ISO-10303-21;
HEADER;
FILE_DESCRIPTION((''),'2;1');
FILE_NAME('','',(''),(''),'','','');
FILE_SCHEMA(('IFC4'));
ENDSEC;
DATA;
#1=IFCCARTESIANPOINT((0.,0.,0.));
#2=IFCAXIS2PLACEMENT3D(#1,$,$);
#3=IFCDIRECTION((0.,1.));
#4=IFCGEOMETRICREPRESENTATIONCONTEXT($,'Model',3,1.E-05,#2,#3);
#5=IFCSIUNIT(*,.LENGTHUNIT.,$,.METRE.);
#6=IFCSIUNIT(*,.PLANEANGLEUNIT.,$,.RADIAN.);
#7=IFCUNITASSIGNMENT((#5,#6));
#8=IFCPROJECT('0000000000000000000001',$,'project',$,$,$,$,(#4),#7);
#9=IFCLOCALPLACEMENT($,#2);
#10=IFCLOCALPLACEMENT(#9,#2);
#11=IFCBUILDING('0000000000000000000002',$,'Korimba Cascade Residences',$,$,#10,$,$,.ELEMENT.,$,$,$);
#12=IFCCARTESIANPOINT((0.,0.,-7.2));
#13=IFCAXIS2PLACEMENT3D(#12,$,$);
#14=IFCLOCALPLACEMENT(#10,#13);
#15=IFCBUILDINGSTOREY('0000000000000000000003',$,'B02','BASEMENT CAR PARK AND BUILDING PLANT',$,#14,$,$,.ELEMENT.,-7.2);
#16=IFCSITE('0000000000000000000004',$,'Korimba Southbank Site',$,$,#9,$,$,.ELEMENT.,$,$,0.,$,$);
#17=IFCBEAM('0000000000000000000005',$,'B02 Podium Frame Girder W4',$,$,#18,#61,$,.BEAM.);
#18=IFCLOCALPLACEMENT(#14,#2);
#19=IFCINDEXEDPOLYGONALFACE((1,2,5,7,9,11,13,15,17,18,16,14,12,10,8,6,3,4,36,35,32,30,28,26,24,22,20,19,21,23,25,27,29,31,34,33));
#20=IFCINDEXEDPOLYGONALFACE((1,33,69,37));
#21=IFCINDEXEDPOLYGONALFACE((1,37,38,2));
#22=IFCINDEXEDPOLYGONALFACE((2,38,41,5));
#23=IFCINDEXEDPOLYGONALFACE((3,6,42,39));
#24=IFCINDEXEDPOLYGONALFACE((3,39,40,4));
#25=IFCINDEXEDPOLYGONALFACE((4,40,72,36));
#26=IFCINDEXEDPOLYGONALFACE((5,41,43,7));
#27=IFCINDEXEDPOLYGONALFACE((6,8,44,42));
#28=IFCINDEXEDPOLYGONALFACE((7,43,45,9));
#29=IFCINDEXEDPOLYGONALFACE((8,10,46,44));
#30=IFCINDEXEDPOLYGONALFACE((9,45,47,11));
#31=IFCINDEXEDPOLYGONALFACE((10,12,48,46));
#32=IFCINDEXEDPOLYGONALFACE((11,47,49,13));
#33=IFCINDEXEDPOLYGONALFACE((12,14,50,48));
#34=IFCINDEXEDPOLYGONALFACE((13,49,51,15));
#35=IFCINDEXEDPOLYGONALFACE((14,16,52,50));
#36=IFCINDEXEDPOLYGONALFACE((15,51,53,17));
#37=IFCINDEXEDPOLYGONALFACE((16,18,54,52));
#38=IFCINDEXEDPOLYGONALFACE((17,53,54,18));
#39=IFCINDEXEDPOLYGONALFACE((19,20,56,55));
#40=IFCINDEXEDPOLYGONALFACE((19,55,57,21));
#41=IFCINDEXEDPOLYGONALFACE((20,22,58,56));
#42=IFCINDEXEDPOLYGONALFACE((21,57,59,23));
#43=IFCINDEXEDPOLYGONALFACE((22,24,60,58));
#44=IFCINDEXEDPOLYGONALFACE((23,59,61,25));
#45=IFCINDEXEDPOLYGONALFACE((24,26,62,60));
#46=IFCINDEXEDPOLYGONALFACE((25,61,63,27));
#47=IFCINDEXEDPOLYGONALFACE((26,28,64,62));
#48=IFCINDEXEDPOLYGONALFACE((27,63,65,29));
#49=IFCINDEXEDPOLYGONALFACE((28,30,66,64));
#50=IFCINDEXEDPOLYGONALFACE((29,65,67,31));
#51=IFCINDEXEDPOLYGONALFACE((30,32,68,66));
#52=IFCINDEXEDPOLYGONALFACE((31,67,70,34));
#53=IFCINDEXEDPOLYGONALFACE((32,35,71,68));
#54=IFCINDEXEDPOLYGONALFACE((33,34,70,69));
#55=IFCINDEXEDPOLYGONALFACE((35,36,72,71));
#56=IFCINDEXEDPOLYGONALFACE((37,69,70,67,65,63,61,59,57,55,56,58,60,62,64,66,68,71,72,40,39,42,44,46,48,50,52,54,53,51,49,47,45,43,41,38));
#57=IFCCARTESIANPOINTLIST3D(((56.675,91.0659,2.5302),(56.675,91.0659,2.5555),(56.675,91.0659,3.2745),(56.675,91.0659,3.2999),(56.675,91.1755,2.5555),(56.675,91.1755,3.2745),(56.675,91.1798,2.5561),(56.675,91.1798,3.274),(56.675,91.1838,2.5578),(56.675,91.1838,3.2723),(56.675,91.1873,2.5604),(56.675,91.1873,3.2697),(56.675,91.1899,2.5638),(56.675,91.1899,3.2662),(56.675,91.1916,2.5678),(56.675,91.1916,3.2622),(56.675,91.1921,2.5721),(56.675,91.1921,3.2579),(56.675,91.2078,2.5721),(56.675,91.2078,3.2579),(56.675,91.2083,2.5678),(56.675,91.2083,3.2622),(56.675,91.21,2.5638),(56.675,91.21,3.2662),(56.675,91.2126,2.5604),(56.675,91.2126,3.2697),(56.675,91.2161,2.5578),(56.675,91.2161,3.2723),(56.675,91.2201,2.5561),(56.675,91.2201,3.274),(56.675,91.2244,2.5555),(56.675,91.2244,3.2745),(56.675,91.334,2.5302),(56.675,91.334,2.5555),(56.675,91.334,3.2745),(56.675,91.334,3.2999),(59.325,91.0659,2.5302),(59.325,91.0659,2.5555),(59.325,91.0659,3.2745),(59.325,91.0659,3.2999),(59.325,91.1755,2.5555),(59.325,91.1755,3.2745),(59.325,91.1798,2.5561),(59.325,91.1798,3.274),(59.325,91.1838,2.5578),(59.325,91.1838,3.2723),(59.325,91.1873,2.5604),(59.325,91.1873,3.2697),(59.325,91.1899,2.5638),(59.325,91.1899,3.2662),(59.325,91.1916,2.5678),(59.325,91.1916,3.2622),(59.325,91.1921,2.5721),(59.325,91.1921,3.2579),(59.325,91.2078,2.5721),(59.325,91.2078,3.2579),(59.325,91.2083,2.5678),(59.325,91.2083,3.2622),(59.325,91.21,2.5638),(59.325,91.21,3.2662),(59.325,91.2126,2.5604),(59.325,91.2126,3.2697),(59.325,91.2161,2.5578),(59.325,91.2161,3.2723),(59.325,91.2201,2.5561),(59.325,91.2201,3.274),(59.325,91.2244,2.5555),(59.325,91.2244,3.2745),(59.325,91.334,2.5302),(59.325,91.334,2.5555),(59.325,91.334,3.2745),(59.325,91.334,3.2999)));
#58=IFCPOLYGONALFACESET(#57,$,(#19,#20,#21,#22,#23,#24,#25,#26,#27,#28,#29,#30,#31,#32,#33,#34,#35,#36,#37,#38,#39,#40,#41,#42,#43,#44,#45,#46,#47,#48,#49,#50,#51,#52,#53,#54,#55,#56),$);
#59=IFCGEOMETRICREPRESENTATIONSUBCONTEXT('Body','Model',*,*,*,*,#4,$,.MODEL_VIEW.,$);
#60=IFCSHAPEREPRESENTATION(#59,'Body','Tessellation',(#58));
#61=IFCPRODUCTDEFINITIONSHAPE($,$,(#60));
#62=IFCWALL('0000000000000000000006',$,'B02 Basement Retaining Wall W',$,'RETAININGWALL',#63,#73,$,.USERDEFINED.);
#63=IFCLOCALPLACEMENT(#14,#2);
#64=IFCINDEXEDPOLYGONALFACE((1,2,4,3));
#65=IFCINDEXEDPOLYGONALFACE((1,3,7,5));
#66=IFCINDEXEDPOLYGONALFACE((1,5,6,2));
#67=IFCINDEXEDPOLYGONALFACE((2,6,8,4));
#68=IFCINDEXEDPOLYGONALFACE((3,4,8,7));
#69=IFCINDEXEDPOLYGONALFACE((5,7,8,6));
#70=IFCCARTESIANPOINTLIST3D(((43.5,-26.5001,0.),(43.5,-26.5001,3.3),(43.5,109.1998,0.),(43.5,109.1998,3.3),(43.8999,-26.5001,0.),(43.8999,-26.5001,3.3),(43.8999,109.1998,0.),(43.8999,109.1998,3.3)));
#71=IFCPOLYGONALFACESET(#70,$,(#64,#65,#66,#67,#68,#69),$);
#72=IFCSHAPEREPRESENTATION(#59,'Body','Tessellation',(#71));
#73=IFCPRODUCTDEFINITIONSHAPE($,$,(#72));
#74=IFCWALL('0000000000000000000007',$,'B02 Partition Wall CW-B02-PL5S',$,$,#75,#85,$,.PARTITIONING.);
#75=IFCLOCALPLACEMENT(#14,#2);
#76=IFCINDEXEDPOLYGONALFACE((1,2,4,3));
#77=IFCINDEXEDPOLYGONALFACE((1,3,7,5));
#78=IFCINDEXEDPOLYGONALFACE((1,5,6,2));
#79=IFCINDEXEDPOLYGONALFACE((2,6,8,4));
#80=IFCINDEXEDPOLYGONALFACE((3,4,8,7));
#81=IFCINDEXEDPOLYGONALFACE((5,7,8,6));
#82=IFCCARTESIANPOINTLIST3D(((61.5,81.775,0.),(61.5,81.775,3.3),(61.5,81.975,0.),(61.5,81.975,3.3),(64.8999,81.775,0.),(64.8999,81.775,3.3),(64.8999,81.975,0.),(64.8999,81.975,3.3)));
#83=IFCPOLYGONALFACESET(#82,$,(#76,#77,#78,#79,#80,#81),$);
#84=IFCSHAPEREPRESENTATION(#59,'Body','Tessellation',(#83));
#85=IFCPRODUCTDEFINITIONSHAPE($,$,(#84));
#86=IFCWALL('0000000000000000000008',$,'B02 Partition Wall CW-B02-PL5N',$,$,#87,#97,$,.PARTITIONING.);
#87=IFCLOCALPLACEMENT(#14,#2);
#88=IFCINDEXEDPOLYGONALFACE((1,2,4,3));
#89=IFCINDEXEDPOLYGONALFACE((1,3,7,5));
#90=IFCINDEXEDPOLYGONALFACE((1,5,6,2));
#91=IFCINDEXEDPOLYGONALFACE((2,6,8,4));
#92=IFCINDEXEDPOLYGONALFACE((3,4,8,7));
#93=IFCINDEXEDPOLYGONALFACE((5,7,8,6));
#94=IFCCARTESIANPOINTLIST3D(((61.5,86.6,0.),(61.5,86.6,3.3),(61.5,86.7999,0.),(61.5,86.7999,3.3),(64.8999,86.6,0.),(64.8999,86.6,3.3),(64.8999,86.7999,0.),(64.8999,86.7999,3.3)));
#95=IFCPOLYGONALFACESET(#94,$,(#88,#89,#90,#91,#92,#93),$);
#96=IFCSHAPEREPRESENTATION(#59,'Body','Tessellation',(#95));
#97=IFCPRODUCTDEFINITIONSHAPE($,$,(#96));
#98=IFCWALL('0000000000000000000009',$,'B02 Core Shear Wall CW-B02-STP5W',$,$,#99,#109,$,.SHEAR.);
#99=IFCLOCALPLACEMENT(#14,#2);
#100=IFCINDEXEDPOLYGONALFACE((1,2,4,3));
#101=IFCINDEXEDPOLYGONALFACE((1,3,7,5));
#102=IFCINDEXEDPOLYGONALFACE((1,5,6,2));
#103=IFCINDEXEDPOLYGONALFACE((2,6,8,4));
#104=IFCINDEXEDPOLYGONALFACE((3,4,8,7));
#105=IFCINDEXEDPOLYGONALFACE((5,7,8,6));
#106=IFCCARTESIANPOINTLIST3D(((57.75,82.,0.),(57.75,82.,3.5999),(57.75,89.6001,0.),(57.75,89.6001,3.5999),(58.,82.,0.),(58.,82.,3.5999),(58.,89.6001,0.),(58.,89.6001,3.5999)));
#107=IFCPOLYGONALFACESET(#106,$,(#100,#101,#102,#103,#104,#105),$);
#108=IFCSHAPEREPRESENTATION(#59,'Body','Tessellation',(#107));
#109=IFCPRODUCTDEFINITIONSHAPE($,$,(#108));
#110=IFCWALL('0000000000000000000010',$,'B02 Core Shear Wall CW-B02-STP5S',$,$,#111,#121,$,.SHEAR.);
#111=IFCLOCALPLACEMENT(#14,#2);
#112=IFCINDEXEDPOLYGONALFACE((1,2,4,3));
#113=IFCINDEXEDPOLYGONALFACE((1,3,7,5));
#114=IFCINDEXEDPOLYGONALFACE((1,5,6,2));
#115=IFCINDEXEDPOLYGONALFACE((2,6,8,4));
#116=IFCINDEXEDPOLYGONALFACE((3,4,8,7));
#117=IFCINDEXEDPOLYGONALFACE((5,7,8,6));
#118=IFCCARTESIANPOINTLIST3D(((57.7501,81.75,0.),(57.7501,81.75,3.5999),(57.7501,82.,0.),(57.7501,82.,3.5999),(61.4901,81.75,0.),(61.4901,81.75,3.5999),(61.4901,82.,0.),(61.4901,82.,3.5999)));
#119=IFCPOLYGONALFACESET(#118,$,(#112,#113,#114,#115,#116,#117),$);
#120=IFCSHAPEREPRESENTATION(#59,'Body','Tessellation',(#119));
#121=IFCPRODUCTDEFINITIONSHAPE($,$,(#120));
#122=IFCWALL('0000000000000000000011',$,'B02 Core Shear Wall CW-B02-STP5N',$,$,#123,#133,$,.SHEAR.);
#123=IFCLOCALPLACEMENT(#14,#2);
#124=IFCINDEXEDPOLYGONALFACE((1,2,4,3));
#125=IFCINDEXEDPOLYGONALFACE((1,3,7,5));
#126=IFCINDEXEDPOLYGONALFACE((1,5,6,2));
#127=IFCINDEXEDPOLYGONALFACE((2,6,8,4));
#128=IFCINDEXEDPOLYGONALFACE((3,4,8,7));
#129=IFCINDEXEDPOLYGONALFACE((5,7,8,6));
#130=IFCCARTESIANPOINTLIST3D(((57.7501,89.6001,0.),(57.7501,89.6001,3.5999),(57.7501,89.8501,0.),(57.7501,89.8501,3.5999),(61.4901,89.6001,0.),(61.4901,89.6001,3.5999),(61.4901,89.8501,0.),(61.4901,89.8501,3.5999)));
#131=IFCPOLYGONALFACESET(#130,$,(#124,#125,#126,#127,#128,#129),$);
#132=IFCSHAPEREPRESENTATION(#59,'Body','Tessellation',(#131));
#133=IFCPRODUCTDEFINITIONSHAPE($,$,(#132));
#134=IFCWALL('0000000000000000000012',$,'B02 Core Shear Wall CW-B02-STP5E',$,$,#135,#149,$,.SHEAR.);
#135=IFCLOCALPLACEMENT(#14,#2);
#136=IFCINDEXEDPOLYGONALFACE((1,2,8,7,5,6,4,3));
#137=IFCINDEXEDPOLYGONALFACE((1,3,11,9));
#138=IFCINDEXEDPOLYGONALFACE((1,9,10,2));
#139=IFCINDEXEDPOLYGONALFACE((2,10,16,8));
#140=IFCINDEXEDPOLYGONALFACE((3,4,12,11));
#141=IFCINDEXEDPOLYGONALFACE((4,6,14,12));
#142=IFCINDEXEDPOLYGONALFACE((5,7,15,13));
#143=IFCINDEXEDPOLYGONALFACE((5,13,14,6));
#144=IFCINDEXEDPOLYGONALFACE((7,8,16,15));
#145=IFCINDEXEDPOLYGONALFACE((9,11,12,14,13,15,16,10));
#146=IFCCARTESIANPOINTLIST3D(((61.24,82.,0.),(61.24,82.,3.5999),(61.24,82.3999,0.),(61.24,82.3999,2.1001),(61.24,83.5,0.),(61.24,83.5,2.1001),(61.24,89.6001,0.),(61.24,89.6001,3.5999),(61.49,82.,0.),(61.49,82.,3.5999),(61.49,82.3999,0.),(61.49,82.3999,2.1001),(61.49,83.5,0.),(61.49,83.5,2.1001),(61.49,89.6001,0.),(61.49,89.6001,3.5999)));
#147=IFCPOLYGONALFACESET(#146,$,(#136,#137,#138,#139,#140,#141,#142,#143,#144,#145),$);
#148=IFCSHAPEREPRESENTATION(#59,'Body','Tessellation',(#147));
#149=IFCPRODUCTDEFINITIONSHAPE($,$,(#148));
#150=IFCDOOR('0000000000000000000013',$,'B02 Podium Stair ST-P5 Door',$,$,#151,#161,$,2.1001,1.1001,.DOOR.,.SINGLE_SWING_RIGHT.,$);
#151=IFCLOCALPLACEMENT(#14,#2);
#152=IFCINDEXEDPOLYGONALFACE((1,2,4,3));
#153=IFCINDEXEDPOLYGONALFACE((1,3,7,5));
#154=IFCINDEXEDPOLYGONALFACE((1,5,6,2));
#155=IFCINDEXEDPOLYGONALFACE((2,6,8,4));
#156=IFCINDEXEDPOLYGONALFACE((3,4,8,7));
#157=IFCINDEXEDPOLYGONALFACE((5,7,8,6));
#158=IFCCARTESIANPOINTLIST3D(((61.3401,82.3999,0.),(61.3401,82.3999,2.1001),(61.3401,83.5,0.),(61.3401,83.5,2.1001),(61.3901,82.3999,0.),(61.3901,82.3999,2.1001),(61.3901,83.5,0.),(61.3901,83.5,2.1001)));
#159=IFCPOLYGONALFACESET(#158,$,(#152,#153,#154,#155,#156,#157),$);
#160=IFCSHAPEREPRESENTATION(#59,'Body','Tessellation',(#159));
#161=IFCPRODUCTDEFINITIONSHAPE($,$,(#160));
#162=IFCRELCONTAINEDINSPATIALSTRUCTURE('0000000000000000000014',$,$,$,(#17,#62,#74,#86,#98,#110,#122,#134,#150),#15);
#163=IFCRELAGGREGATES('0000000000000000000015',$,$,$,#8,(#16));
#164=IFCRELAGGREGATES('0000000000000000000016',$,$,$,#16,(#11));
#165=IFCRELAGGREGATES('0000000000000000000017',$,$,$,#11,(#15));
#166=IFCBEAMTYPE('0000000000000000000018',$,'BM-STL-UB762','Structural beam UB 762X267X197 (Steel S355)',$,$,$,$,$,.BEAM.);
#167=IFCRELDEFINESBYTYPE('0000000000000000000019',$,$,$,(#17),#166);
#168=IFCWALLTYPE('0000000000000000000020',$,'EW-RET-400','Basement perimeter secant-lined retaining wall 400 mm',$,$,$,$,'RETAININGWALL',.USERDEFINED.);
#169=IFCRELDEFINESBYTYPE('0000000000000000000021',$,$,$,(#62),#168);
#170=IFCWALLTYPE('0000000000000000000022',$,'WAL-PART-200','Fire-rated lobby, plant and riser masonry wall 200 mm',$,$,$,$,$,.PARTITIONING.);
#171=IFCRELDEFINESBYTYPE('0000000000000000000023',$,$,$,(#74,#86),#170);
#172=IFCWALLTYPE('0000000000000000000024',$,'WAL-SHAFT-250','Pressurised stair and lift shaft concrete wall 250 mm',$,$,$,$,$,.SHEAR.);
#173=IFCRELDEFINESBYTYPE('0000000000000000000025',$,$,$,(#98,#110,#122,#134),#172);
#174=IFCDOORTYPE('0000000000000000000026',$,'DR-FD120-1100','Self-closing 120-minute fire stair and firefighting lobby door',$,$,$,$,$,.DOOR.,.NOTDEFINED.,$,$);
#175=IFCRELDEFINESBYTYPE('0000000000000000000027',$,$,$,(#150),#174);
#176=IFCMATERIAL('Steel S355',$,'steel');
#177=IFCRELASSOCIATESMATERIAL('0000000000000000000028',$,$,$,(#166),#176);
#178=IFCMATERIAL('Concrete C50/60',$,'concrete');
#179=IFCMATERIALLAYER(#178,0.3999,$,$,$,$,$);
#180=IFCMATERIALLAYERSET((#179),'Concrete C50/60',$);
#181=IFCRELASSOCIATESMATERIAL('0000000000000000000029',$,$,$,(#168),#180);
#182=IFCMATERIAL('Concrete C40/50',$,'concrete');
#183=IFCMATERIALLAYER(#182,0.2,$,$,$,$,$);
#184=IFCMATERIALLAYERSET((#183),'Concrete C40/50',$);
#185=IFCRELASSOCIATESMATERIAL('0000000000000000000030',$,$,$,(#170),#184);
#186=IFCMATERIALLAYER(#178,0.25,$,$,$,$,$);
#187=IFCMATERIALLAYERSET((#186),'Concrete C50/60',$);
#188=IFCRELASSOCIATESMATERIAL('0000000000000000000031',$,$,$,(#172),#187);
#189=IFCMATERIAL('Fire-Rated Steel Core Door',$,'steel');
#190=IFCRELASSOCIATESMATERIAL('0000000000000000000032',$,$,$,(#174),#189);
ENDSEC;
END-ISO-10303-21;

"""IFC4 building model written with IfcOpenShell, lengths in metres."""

from ifc_helpers import new_model, si_unit, direction, frame, frame_2d, origin, origin_2d, place, context, subcontext, project, spatial, rectangle, i_section, extrude, material, layer, layer_set, material_profile, profile_set, type_object, element, fill, save


model = new_model("IFC4")

# Units and contexts
model_context = context("Model", 3, precision=1e-05, world=origin(), true_north=direction((0.0, 1.0)))
body_context = subcontext(model_context, "Body", "Model", "MODEL_VIEW")
ifc_project = project(units=[si_unit("LENGTHUNIT", "METRE"), si_unit("PLANEANGLEUNIT", "RADIAN")], contexts=[model_context])

# Site, building, storey
site_placement = place(None, origin())
site = spatial("IfcSite", under=ifc_project, at=site_placement, Name="Korimba Southbank Site", CompositionType="ELEMENT", RefElevation=0.0)
building_placement = place(site_placement, origin())
building = spatial("IfcBuilding", under=site, at=building_placement, Name="Korimba Cascade Residences", CompositionType="ELEMENT")
storey_placement = place(building_placement, frame((0.0, 0.0, -7.2)))
storey = spatial("IfcBuildingStorey", under=building, at=storey_placement, Name="B02", Description="BASEMENT CAR PARK AND BUILDING PLANT", CompositionType="ELEMENT", Elevation=-7.2)

# Beam
ifc_material_1 = material(Name="Concrete C50/60", Category="concrete")
ifc_material_2 = material(Name="Steel S355", Category="steel")
ifc_material_profile_1 = material_profile(ifc_material_2, i_section(OverallWidth=0.2681, OverallDepth=0.7698, WebThickness=0.0156, FlangeThickness=0.0254, FilletRadius=0.0166, at=origin_2d()), Name="Steel S355")
ifc_profile_set_1 = profile_set([ifc_material_profile_1], Name="Steel S355")
beam_type_1 = type_object("IfcBeamType", Name="BM-STL-UB762", Description="Structural beam UB 762X267X197 (Steel S355)", PredefinedType="BEAM", material=ifc_profile_set_1)
beam_1_placement = place(storey_placement, frame((56.675, 91.2, 2.915), z_axis=(1.0, 0.0, 0.0), x_axis=(0.0, 1.0, 0.0)))
element("IfcBeam", 1, at=beam_1_placement, inside=storey, type_object=beam_type_1, Name="B02 Podium Frame Girder W4", PredefinedType="BEAM", context=body_context, shape_type="SweptSolid", body=[
    extrude(i_section(OverallWidth=0.2681, OverallDepth=0.7698, WebThickness=0.0156, FlangeThickness=0.0254, FilletRadius=0.0166, at=origin_2d()), origin(), (0.0, 0.0, 1.0), 2.6499),
])

# Wall
ifc_layer_1 = layer(ifc_material_1, 0.3999)
ifc_layer_set_1 = layer_set([ifc_layer_1], Name="Concrete C50/60")
wall_type_1 = type_object("IfcWallType", Name="EW-RET-400", Description="Basement perimeter secant-lined retaining wall 400 mm", ElementType="RETAININGWALL", PredefinedType="USERDEFINED", material=ifc_layer_set_1)
wall_1_placement = place(storey_placement, frame((43.7, 109.2, 0.0), z_axis=(0.0, 0.0, 1.0), x_axis=(0.0, -1.0, 0.0)))
element("IfcWall", 2, at=wall_1_placement, inside=storey, type_object=wall_type_1, Name="B02 Basement Retaining Wall W", ObjectType="RETAININGWALL", PredefinedType="USERDEFINED", context=body_context, shape_type="SweptSolid", body=[
    extrude(rectangle(XDim=135.7, YDim=0.3999, at=frame_2d((67.8501, 0.0))), origin(), (0.0, 0.0, 1.0), 3.3),
])

# Shared definitions
ifc_material_3 = material(Name="Concrete C40/50", Category="concrete")
ifc_layer_2 = layer(ifc_material_3, 0.2)
ifc_layer_set_2 = layer_set([ifc_layer_2], Name="Concrete C40/50")
wall_type_2 = type_object("IfcWallType", Name="WAL-PART-200", Description="Fire-rated lobby, plant and riser masonry wall 200 mm", PredefinedType="PARTITIONING", material=ifc_layer_set_2)

# Walls
for number, where, z_axis, x_axis, name in (
    (3, (61.5, 81.875, 0.0), (0.0, 0.0, 1.0), (1.0, 0.0, 0.0), "B02 Partition Wall CW-B02-PL5S"),
    (4, (61.5, 86.7, 0.0), (0.0, 0.0, 1.0), (1.0, 0.0, 0.0), "B02 Partition Wall CW-B02-PL5N"),
):
    element("IfcWall", number, at=place(storey_placement, frame(where, z_axis=z_axis, x_axis=x_axis)), inside=storey, type_object=wall_type_2, Name=name, PredefinedType="PARTITIONING", context=body_context, shape_type="SweptSolid", body=[
        extrude(rectangle(XDim=3.3999, YDim=0.2, at=frame_2d((1.7, 0.0))), origin(), (0.0, 0.0, 1.0), 3.3),
    ])
ifc_layer_3 = layer(ifc_material_1, 0.25)
ifc_layer_set_3 = layer_set([ifc_layer_3], Name="Concrete C50/60")
wall_type_3 = type_object("IfcWallType", Name="WAL-SHAFT-250", Description="Pressurised stair and lift shaft concrete wall 250 mm", PredefinedType="SHEAR", material=ifc_layer_set_3)
wall_2_placement = place(storey_placement, frame((57.875, 82.0, 0.0), z_axis=(0.0, 0.0, 1.0), x_axis=(0.0, 1.0, 0.0)))
element("IfcWall", 5, at=wall_2_placement, inside=storey, type_object=wall_type_3, Name="B02 Core Shear Wall CW-B02-STP5W", PredefinedType="SHEAR", context=body_context, shape_type="SweptSolid", body=[
    extrude(rectangle(XDim=7.6001, YDim=0.25, at=frame_2d((3.8, 0.0))), origin(), (0.0, 0.0, 1.0), 3.5999),
])
for number, where, z_axis, x_axis, name in (
    (6, (57.75, 81.875, 0.0), (0.0, 0.0, 1.0), (1.0, 0.0, 0.0), "B02 Core Shear Wall CW-B02-STP5S"),
    (7, (57.75, 89.7251, 0.0), (0.0, 0.0, 1.0), (1.0, 0.0, 0.0), "B02 Core Shear Wall CW-B02-STP5N"),
):
    element("IfcWall", number, at=place(storey_placement, frame(where, z_axis=z_axis, x_axis=x_axis)), inside=storey, type_object=wall_type_3, Name=name, PredefinedType="SHEAR", context=body_context, shape_type="SweptSolid", body=[
        extrude(rectangle(XDim=3.74, YDim=0.25, at=frame_2d((1.8701, 0.0))), origin(), (0.0, 0.0, 1.0), 3.5999),
    ])

# Wall, opening, door
wall_3_placement = place(storey_placement, frame((61.365, 82.0, 0.0), z_axis=(0.0, 0.0, 1.0), x_axis=(0.0, 1.0, 0.0)))
wall_3 = element("IfcWall", 8, at=wall_3_placement, inside=storey, type_object=wall_type_3, Name="B02 Core Shear Wall CW-B02-STP5E", PredefinedType="SHEAR", context=body_context, shape_type="SweptSolid", body=[
    extrude(rectangle(XDim=7.6001, YDim=0.25, at=frame_2d((3.8, 0.0))), origin(), (0.0, 0.0, 1.0), 3.5999),
])
opening_1_placement = place(wall_3_placement, frame((0.3999, 0.0, 0.0)))
opening_1 = element("IfcOpeningElement", 9, at=opening_1_placement, cuts=wall_3, PredefinedType="OPENING", context=body_context, shape_type="SweptSolid", body=[
    extrude(rectangle(XDim=1.1001, YDim=2.1001, at=frame_2d((0.55, 1.05))), frame((0.0, 0.135, 0.0), z_axis=(0.0, -1.0, 0.0), x_axis=(1.0, 0.0, 0.0)), (0.0, 0.0, 1.0), 0.27),
])
ifc_material_4 = material(Name="Fire-Rated Steel Core Door", Category="steel")
door_type_1 = type_object("IfcDoorType", Name="DR-FD120-1100", Description="Self-closing 120-minute fire stair and firefighting lobby door", OperationType="NOTDEFINED", PredefinedType="DOOR", material=ifc_material_4)
door_1_placement = place(opening_1_placement, origin())
door_1 = element("IfcDoor", 10, at=door_1_placement, inside=storey, type_object=door_type_1, Name="B02 Podium Stair ST-P5 Door", OperationType="SINGLE_SWING_RIGHT", OverallHeight=2.1001, OverallWidth=1.1001, PredefinedType="DOOR", context=body_context, shape_type="SweptSolid", body=[
    extrude(rectangle(XDim=1.1001, YDim=2.1001, at=frame_2d((0.55, 1.05))), frame((0.0, 0.0249, 0.0), z_axis=(0.0, -1.0, 0.0), x_axis=(1.0, 0.0, 0.0)), (0.0, 0.0, 1.0), 0.05),
])
fill(opening_1, door_1)

save(model, "model.ifc")
